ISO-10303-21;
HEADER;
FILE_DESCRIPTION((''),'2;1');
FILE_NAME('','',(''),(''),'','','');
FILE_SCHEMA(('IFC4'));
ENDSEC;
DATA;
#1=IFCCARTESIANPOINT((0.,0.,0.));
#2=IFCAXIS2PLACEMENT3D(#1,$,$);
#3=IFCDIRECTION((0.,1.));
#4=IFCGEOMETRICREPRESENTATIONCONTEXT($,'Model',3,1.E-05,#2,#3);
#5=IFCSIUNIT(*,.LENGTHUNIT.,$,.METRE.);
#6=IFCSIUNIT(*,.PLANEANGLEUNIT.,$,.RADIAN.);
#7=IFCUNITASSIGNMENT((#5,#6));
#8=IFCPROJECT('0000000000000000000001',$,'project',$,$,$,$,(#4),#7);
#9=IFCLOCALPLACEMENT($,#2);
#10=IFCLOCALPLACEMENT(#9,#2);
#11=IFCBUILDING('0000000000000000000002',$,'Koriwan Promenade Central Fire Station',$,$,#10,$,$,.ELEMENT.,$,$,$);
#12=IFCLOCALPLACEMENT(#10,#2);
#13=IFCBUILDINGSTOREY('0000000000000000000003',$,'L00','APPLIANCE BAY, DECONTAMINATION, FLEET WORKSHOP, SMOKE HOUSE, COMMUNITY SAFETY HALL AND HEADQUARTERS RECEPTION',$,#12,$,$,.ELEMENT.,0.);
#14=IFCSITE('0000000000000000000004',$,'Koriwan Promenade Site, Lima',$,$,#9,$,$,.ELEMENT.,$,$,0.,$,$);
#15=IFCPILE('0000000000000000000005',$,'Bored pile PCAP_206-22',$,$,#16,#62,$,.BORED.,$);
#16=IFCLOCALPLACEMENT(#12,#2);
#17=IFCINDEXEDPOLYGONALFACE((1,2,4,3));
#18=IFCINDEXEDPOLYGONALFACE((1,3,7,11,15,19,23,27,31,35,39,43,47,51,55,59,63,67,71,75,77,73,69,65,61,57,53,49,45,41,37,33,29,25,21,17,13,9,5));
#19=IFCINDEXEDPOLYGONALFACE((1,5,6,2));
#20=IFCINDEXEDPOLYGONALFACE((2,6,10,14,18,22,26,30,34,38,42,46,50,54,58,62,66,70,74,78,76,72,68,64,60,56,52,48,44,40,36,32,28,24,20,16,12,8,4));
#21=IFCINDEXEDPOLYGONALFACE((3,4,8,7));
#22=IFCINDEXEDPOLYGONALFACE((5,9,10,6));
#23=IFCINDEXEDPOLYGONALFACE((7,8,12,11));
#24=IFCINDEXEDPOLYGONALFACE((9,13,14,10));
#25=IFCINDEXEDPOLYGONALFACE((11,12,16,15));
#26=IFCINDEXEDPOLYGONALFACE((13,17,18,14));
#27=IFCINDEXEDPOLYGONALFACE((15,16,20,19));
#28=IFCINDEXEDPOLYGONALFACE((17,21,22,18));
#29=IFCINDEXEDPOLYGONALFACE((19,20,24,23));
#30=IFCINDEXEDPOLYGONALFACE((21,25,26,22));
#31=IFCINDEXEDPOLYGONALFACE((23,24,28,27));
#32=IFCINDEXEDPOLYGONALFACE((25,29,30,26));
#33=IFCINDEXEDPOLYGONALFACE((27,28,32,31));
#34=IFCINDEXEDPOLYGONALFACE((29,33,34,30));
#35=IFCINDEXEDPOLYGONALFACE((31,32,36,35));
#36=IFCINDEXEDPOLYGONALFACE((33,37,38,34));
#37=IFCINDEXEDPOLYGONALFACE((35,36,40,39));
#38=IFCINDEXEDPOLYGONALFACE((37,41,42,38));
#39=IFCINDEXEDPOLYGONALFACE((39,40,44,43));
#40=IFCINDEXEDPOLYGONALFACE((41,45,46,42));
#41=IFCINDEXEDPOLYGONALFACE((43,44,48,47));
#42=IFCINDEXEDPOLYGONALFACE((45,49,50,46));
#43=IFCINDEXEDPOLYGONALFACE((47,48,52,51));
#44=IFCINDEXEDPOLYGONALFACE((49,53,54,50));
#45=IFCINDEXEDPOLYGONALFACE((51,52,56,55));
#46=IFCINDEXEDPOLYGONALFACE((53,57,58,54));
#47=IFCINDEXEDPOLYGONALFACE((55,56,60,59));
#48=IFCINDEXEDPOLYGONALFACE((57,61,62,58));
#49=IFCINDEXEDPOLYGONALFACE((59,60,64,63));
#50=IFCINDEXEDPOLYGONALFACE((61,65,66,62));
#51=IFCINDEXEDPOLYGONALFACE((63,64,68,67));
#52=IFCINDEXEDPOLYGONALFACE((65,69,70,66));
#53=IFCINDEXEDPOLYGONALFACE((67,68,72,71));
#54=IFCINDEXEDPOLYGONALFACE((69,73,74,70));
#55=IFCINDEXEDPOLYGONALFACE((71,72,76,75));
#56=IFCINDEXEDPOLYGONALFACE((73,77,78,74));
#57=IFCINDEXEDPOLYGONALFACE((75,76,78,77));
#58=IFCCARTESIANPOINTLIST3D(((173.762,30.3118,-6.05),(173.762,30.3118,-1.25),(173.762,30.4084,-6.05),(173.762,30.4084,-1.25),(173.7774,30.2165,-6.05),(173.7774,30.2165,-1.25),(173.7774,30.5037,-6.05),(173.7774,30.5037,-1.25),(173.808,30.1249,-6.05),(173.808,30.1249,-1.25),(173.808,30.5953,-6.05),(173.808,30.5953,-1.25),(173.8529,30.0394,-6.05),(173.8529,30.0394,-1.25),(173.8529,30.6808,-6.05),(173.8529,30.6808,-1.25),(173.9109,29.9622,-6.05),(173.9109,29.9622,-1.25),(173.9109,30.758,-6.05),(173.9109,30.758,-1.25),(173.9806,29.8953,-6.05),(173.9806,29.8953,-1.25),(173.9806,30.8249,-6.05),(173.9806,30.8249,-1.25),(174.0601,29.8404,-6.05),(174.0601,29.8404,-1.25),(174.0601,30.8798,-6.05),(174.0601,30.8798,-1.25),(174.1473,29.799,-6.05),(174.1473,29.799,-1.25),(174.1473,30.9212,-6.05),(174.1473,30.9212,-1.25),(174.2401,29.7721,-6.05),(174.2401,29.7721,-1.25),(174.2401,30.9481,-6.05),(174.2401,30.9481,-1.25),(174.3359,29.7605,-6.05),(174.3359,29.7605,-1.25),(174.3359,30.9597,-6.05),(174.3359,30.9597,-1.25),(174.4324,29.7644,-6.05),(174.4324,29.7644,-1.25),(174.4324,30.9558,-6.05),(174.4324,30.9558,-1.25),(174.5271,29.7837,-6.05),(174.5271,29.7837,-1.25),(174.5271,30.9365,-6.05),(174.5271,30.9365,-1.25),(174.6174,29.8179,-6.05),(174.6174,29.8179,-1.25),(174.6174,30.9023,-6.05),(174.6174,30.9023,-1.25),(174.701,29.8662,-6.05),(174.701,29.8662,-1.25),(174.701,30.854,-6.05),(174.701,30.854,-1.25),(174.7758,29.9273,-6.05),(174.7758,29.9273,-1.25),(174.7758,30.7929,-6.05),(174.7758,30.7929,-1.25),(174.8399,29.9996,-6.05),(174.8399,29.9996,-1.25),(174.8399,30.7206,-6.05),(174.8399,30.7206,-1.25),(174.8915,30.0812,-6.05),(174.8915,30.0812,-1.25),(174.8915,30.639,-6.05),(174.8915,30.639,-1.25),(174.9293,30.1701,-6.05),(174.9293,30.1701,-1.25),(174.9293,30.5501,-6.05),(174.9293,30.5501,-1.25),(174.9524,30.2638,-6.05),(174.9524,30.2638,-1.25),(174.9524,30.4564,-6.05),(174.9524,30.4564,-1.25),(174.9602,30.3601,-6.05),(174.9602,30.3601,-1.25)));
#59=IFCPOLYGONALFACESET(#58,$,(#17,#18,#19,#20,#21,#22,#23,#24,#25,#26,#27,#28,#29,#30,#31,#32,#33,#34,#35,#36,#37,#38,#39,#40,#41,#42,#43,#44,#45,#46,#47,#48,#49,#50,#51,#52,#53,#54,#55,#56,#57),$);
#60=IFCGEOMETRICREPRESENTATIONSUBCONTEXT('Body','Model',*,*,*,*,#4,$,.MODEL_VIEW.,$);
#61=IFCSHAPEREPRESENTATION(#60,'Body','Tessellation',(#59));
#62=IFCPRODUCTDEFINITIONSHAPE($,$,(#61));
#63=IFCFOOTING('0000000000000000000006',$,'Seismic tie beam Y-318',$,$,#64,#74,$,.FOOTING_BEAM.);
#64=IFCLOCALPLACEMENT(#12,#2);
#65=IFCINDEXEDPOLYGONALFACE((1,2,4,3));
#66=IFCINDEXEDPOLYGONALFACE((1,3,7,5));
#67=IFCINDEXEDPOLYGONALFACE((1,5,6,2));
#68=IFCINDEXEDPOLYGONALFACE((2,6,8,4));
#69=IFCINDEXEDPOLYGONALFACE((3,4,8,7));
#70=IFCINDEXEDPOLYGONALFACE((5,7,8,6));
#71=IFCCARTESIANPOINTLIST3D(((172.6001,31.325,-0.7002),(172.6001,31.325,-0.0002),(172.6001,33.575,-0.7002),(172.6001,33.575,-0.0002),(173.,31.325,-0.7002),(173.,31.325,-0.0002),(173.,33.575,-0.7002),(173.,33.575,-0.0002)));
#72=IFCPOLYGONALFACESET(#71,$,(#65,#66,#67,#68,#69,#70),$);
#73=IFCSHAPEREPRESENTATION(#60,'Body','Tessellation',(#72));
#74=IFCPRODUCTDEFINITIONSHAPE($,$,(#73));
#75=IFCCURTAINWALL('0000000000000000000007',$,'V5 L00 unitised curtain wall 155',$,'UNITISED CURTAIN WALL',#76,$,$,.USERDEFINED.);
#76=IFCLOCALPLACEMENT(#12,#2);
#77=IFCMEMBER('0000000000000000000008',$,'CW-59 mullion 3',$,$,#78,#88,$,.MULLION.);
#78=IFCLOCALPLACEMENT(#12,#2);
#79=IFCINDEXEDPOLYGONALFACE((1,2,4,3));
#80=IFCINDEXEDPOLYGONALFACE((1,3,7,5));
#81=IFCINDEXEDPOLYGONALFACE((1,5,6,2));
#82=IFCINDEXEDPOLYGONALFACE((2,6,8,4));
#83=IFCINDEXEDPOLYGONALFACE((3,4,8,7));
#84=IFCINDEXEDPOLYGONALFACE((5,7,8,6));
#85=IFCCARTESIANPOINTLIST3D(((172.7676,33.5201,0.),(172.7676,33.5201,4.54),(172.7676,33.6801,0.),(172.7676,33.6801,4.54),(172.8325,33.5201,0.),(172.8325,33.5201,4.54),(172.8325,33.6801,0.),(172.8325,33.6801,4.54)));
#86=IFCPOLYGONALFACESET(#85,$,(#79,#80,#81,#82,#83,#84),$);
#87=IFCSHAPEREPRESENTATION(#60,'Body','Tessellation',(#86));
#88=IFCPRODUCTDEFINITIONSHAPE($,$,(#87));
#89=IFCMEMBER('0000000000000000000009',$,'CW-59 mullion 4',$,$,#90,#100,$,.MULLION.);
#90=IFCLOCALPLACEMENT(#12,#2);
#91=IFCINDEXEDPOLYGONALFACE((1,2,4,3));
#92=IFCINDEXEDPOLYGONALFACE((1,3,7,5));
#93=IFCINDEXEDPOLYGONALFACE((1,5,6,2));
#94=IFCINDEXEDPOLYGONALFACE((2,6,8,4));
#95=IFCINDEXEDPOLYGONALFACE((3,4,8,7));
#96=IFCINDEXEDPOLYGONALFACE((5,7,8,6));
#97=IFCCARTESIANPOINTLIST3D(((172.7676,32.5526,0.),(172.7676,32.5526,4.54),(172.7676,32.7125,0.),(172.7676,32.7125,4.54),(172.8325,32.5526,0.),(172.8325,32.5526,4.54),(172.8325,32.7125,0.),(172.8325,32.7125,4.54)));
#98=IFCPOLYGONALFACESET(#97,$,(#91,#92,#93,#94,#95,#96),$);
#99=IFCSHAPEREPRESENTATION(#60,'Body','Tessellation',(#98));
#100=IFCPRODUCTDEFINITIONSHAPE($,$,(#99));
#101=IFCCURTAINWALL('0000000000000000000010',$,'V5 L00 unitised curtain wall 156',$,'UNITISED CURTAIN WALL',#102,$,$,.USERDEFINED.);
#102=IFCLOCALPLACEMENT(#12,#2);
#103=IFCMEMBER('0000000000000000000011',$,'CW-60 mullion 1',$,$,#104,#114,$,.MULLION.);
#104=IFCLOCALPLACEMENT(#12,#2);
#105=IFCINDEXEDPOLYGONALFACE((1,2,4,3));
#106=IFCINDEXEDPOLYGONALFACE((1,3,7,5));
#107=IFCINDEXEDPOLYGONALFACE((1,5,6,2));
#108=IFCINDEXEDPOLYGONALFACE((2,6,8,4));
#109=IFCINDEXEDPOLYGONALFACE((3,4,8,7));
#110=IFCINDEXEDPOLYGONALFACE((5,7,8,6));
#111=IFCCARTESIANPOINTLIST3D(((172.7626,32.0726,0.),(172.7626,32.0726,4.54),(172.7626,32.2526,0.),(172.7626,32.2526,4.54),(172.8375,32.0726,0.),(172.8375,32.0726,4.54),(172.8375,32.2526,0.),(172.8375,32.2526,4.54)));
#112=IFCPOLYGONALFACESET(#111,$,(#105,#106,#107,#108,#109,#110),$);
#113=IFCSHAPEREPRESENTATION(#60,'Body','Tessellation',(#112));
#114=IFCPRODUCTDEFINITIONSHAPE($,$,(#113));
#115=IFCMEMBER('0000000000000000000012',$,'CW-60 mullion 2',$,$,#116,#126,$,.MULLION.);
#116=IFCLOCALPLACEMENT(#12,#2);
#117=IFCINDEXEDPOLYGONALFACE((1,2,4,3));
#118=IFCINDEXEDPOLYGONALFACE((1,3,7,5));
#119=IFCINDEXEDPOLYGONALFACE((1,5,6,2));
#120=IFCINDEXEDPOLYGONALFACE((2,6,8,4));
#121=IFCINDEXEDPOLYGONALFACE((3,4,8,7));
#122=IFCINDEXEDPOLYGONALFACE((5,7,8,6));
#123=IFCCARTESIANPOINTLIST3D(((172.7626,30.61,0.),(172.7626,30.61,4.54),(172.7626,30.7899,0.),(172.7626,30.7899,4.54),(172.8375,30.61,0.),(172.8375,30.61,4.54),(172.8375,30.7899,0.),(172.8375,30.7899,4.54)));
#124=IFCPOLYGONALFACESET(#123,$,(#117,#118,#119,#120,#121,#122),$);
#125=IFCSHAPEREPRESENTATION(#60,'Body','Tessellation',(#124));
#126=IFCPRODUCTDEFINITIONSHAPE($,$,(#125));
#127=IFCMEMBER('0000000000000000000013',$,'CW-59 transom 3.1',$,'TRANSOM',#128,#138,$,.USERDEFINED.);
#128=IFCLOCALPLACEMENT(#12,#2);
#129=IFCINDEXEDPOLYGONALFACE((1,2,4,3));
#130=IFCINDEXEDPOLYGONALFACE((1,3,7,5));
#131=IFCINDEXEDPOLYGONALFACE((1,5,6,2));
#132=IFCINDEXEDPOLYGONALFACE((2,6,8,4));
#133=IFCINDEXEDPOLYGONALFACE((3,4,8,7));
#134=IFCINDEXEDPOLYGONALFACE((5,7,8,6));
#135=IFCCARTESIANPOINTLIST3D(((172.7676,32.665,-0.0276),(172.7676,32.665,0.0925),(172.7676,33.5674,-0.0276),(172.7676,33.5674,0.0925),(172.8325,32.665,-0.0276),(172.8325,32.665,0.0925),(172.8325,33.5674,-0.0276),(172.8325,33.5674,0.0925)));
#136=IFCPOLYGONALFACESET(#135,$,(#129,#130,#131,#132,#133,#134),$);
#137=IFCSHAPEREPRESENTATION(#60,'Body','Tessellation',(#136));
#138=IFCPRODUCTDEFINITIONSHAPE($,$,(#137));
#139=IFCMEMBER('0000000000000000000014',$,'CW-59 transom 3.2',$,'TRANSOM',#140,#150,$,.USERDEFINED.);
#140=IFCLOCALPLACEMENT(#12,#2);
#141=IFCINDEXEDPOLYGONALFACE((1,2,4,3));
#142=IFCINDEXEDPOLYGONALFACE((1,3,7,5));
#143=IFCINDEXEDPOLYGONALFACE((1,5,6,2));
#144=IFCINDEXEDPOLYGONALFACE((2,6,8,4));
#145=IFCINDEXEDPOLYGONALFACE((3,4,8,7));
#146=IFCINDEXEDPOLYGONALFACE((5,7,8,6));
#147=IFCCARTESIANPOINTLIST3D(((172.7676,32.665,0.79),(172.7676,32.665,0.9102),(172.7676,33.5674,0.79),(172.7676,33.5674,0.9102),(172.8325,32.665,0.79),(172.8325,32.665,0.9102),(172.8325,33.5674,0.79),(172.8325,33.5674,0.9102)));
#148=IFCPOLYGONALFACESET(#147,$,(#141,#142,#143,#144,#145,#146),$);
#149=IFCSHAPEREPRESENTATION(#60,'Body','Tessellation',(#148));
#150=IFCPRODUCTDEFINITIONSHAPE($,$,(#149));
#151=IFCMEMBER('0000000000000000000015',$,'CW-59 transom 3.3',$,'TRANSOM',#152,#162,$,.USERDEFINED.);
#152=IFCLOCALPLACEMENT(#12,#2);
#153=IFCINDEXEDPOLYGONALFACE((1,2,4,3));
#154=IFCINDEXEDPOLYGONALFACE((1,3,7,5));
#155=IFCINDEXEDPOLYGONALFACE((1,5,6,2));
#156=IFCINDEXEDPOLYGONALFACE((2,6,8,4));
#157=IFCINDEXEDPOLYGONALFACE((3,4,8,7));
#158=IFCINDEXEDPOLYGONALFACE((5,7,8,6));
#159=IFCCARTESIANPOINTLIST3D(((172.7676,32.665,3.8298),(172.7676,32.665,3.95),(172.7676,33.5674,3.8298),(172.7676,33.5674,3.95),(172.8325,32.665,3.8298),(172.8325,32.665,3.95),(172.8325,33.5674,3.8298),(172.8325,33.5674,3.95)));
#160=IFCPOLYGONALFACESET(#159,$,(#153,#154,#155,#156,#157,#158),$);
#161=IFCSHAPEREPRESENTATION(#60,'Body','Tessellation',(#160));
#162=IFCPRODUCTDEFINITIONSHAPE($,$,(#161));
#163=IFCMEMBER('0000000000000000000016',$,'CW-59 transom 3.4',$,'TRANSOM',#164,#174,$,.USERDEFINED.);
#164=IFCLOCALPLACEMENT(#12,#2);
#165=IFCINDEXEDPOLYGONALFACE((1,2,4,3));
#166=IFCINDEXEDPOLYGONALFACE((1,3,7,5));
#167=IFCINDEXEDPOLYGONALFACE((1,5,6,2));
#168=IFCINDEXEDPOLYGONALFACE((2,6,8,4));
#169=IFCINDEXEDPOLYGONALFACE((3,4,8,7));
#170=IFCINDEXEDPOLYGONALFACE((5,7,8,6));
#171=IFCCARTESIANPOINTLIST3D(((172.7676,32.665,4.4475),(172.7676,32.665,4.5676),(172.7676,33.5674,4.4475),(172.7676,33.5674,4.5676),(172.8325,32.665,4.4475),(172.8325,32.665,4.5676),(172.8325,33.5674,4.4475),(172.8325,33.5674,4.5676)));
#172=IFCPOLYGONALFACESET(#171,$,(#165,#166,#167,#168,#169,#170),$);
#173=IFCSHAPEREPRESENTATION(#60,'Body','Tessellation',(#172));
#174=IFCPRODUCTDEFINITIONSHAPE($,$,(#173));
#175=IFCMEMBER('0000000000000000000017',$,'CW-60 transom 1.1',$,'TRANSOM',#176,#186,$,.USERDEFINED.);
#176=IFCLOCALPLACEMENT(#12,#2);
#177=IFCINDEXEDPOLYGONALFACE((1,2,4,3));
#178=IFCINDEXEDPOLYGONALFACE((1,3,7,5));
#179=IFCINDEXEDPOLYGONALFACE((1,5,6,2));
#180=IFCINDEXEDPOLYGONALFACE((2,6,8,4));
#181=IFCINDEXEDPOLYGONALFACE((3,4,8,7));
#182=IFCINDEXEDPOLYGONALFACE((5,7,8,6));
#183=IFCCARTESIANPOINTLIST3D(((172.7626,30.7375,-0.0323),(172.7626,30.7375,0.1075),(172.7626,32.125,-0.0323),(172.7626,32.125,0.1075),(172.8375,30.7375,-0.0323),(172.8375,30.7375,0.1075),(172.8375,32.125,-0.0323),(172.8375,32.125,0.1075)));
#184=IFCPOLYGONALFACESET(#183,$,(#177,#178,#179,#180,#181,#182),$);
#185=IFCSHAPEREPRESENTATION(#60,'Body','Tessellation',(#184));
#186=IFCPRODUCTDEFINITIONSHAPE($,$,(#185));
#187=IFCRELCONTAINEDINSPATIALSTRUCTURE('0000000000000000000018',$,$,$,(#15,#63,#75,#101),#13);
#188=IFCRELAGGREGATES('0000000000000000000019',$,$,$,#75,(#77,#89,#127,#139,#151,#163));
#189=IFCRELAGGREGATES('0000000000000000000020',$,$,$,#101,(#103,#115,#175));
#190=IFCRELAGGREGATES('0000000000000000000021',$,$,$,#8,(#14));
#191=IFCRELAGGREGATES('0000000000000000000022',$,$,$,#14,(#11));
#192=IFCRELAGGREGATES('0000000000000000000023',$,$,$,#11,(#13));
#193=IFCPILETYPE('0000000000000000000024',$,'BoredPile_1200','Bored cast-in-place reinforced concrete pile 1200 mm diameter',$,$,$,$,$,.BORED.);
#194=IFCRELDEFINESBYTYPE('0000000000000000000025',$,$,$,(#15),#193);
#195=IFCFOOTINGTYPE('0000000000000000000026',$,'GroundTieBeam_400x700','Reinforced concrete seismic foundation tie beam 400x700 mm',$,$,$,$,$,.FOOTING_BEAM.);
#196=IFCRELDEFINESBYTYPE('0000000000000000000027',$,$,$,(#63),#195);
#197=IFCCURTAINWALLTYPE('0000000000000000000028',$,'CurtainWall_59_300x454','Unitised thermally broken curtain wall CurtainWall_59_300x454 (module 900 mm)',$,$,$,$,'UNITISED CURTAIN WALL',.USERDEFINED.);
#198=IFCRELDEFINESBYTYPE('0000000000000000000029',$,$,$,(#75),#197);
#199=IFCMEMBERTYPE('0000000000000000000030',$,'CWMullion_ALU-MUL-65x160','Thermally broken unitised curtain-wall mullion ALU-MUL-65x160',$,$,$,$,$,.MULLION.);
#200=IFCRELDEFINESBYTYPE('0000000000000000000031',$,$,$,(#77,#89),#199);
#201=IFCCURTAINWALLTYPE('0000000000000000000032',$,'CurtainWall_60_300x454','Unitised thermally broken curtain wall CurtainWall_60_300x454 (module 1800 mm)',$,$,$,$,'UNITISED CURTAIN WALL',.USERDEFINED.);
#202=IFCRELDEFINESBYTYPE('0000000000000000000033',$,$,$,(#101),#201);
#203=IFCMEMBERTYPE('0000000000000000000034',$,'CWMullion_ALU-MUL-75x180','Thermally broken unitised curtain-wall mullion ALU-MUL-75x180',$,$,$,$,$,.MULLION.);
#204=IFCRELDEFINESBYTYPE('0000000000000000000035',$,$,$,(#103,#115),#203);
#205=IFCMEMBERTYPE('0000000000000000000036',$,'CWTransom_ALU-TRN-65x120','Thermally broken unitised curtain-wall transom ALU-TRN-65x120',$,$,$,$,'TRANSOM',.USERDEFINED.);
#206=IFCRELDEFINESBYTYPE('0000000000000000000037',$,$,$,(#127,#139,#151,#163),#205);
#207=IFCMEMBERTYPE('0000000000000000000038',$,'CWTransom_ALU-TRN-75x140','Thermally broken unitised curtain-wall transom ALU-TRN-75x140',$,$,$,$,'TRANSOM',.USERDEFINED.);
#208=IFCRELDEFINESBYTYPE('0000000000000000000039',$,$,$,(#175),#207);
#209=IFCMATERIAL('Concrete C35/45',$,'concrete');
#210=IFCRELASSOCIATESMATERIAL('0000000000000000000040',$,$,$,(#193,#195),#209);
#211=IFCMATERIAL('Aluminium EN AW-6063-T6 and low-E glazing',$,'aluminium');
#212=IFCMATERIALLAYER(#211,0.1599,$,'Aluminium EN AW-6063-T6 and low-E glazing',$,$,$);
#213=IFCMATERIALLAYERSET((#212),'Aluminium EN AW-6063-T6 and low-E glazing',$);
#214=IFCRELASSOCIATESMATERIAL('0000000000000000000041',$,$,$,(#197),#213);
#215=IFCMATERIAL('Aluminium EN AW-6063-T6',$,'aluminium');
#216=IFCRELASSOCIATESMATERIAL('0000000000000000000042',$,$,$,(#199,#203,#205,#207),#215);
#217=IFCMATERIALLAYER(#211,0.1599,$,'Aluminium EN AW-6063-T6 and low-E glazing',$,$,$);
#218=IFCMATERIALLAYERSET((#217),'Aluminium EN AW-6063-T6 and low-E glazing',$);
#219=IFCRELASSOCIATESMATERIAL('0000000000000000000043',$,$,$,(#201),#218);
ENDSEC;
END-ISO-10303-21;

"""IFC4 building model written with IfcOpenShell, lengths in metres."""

from ifc_helpers import new_model, si_unit, direction, frame, origin, origin_2d, place, context, subcontext, project, spatial, rectangle, circle, extrude, material, layer, layer_set, material_profile, profile_set, type_object, element, aggregate, save


model = new_model("IFC4")

# Units and contexts
model_context = context("Model", 3, precision=1e-05, world=origin(), true_north=direction((0.0, 1.0)))
body_context = subcontext(model_context, "Body", "Model", "MODEL_VIEW")
ifc_project = project(units=[si_unit("LENGTHUNIT", "METRE"), si_unit("PLANEANGLEUNIT", "RADIAN")], contexts=[model_context])

# Site, building, storey
site_placement = place(None, origin())
site = spatial("IfcSite", under=ifc_project, at=site_placement, Name="Koriwan Promenade Site, Lima", CompositionType="ELEMENT", RefElevation=0.0)
building_placement = place(site_placement, origin())
building = spatial("IfcBuilding", under=site, at=building_placement, Name="Koriwan Promenade Central Fire Station", CompositionType="ELEMENT")
storey_placement = place(building_placement, origin())
storey = spatial("IfcBuildingStorey", under=building, at=storey_placement, Name="L00", Description="APPLIANCE BAY, DECONTAMINATION, FLEET WORKSHOP, SMOKE HOUSE, COMMUNITY SAFETY HALL AND HEADQUARTERS RECEPTION", CompositionType="ELEMENT", Elevation=0.0)

# Pile
ifc_material_1 = material(Name="Concrete C35/45", Category="concrete")
ifc_material_profile_1 = material_profile(ifc_material_1, circle(Radius=0.6001, at=origin_2d()), Name="PILE-D1200")
ifc_profile_set_1 = profile_set([ifc_material_profile_1], Name="Concrete C35/45")
pile_type = type_object("IfcPileType", Name="BoredPile_1200", Description="Bored cast-in-place reinforced concrete pile 1200 mm diameter", PredefinedType="BORED", material=ifc_profile_set_1)
pile_placement = place(storey_placement, frame((174.3601, 30.3601, -1.25), z_axis=(0.0, 0.0, -1.0), x_axis=(1.0, 0.0, 0.0)))
element("IfcPile", 1, at=pile_placement, inside=storey, type_object=pile_type, Name="Bored pile PCAP_206-22", PredefinedType="BORED", context=body_context, shape_type="SweptSolid", body=[
    extrude(circle(Radius=0.6001, at=origin_2d()), origin(), (0.0, 0.0, 1.0), 4.8),
])

# Footing
footing_type = type_object("IfcFootingType", Name="GroundTieBeam_400x700", Description="Reinforced concrete seismic foundation tie beam 400x700 mm", PredefinedType="FOOTING_BEAM", material=ifc_material_1)
footing_placement = place(storey_placement, frame((172.8, 32.45, -0.7002), z_axis=(0.0, 0.0, 1.0), x_axis=(0.0, 1.0, 0.0)))
element("IfcFooting", 2, at=footing_placement, inside=storey, type_object=footing_type, Name="Seismic tie beam Y-318", PredefinedType="FOOTING_BEAM", context=body_context, shape_type="SweptSolid", body=[
    extrude(rectangle(XDim=2.25, YDim=0.3999, at=origin_2d()), origin(), (0.0, 0.0, 1.0), 0.7),
])

# Curtain walls, members
ifc_material_2 = material(Name="Aluminium EN AW-6063-T6 and low-E glazing", Category="aluminium")
ifc_layer_1 = layer(ifc_material_2, 0.1599, Name="Aluminium EN AW-6063-T6 and low-E glazing")
ifc_layer_set_1 = layer_set([ifc_layer_1], Name="Aluminium EN AW-6063-T6 and low-E glazing")
curtain_wall_type_1 = type_object("IfcCurtainWallType", Name="CurtainWall_59_300x454", Description="Unitised thermally broken curtain wall CurtainWall_59_300x454 (module 900 mm)", ElementType="UNITISED CURTAIN WALL", PredefinedType="USERDEFINED", material=ifc_layer_set_1)
curtain_wall_1_placement = place(storey_placement, origin())
curtain_wall_1 = element("IfcCurtainWall", 3, at=curtain_wall_1_placement, inside=storey, type_object=curtain_wall_type_1, Name="V5 L00 unitised curtain wall 155", ObjectType="UNITISED CURTAIN WALL", PredefinedType="USERDEFINED")
ifc_material_3 = material(Name="Aluminium EN AW-6063-T6", Category="aluminium")
ifc_material_profile_2 = material_profile(ifc_material_3, rectangle(XDim=0.0649, YDim=0.1599, at=origin_2d()), Name="ALU-MUL-65x160")
ifc_profile_set_2 = profile_set([ifc_material_profile_2], Name="Aluminium EN AW-6063-T6")
member_type_1 = type_object("IfcMemberType", Name="CWMullion_ALU-MUL-65x160", Description="Thermally broken unitised curtain-wall mullion ALU-MUL-65x160", PredefinedType="MULLION", material=ifc_profile_set_2)
member_1_placement = place(storey_placement, frame((172.8, 33.6001, 0.0), z_axis=(0.0, 0.0, 1.0), x_axis=(1.0, 0.0, 0.0)))
member_1 = element("IfcMember", 4, at=member_1_placement, type_object=member_type_1, Name="CW-59 mullion 3", PredefinedType="MULLION", context=body_context, shape_type="SweptSolid", body=[
    extrude(rectangle(XDim=0.0649, YDim=0.1599, at=origin_2d()), origin(), (0.0, 0.0, 1.0), 4.54),
])
member_2_placement = place(storey_placement, frame((172.8, 32.6326, 0.0), z_axis=(0.0, 0.0, 1.0), x_axis=(1.0, 0.0, 0.0)))
member_2 = element("IfcMember", 5, at=member_2_placement, type_object=member_type_1, Name="CW-59 mullion 4", PredefinedType="MULLION", context=body_context, shape_type="SweptSolid", body=[
    extrude(rectangle(XDim=0.0649, YDim=0.1599, at=origin_2d()), origin(), (0.0, 0.0, 1.0), 4.54),
])
ifc_layer_2 = layer(ifc_material_2, 0.1599, Name="Aluminium EN AW-6063-T6 and low-E glazing")
ifc_layer_set_2 = layer_set([ifc_layer_2], Name="Aluminium EN AW-6063-T6 and low-E glazing")
curtain_wall_type_2 = type_object("IfcCurtainWallType", Name="CurtainWall_60_300x454", Description="Unitised thermally broken curtain wall CurtainWall_60_300x454 (module 1800 mm)", ElementType="UNITISED CURTAIN WALL", PredefinedType="USERDEFINED", material=ifc_layer_set_2)
curtain_wall_2_placement = place(storey_placement, origin())
curtain_wall_2 = element("IfcCurtainWall", 6, at=curtain_wall_2_placement, inside=storey, type_object=curtain_wall_type_2, Name="V5 L00 unitised curtain wall 156", ObjectType="UNITISED CURTAIN WALL", PredefinedType="USERDEFINED")
ifc_material_profile_3 = material_profile(ifc_material_3, rectangle(XDim=0.075, YDim=0.1799, at=origin_2d()), Name="ALU-MUL-75x180")
ifc_profile_set_3 = profile_set([ifc_material_profile_3], Name="Aluminium EN AW-6063-T6")
member_type_2 = type_object("IfcMemberType", Name="CWMullion_ALU-MUL-75x180", Description="Thermally broken unitised curtain-wall mullion ALU-MUL-75x180", PredefinedType="MULLION", material=ifc_profile_set_3)
member_3_placement = place(storey_placement, frame((172.8, 32.1626, 0.0), z_axis=(0.0, 0.0, 1.0), x_axis=(1.0, 0.0, 0.0)))
member_3 = element("IfcMember", 7, at=member_3_placement, type_object=member_type_2, Name="CW-60 mullion 1", PredefinedType="MULLION", context=body_context, shape_type="SweptSolid", body=[
    extrude(rectangle(XDim=0.075, YDim=0.1799, at=origin_2d()), origin(), (0.0, 0.0, 1.0), 4.54),
])
member_4_placement = place(storey_placement, frame((172.8, 30.7, 0.0), z_axis=(0.0, 0.0, 1.0), x_axis=(1.0, 0.0, 0.0)))
member_4 = element("IfcMember", 8, at=member_4_placement, type_object=member_type_2, Name="CW-60 mullion 2", PredefinedType="MULLION", context=body_context, shape_type="SweptSolid", body=[
    extrude(rectangle(XDim=0.075, YDim=0.1799, at=origin_2d()), origin(), (0.0, 0.0, 1.0), 4.54),
])

# Members
ifc_material_profile_4 = material_profile(ifc_material_3, rectangle(XDim=0.0649, YDim=0.1201, at=origin_2d()), Name="ALU-TRN-65x120")
ifc_profile_set_4 = profile_set([ifc_material_profile_4], Name="Aluminium EN AW-6063-T6")
member_type_3 = type_object("IfcMemberType", Name="CWTransom_ALU-TRN-65x120", Description="Thermally broken unitised curtain-wall transom ALU-TRN-65x120", ElementType="TRANSOM", PredefinedType="USERDEFINED", material=ifc_profile_set_4)
member_5_placement = place(storey_placement, frame((172.8, 33.5674, 0.0325), z_axis=(0.0, -1.0, 0.0), x_axis=(1.0, 0.0, 0.0)))
member_5 = element("IfcMember", 9, at=member_5_placement, type_object=member_type_3, Name="CW-59 transom 3.1", ObjectType="TRANSOM", PredefinedType="USERDEFINED", context=body_context, shape_type="SweptSolid", body=[
    extrude(rectangle(XDim=0.0649, YDim=0.1201, at=origin_2d()), origin(), (0.0, 0.0, 1.0), 0.9023),
])
member_6_placement = place(storey_placement, frame((172.8, 33.5674, 0.8501), z_axis=(0.0, -1.0, 0.0), x_axis=(1.0, 0.0, 0.0)))
member_6 = element("IfcMember", 10, at=member_6_placement, type_object=member_type_3, Name="CW-59 transom 3.2", ObjectType="TRANSOM", PredefinedType="USERDEFINED", context=body_context, shape_type="SweptSolid", body=[
    extrude(rectangle(XDim=0.0649, YDim=0.1201, at=origin_2d()), origin(), (0.0, 0.0, 1.0), 0.9023),
])
member_7_placement = place(storey_placement, frame((172.8, 33.5674, 3.8899), z_axis=(0.0, -1.0, 0.0), x_axis=(1.0, 0.0, 0.0)))
member_7 = element("IfcMember", 11, at=member_7_placement, type_object=member_type_3, Name="CW-59 transom 3.3", ObjectType="TRANSOM", PredefinedType="USERDEFINED", context=body_context, shape_type="SweptSolid", body=[
    extrude(rectangle(XDim=0.0649, YDim=0.1201, at=origin_2d()), origin(), (0.0, 0.0, 1.0), 0.9023),
])
member_8_placement = place(storey_placement, frame((172.8, 33.5674, 4.5076), z_axis=(0.0, -1.0, 0.0), x_axis=(1.0, 0.0, 0.0)))
member_8 = element("IfcMember", 12, at=member_8_placement, type_object=member_type_3, Name="CW-59 transom 3.4", ObjectType="TRANSOM", PredefinedType="USERDEFINED", context=body_context, shape_type="SweptSolid", body=[
    extrude(rectangle(XDim=0.0649, YDim=0.1201, at=origin_2d()), origin(), (0.0, 0.0, 1.0), 0.9023),
])
ifc_material_profile_5 = material_profile(ifc_material_3, rectangle(XDim=0.075, YDim=0.1399, at=origin_2d()), Name="ALU-TRN-75x140")
ifc_profile_set_5 = profile_set([ifc_material_profile_5], Name="Aluminium EN AW-6063-T6")
member_type_4 = type_object("IfcMemberType", Name="CWTransom_ALU-TRN-75x140", Description="Thermally broken unitised curtain-wall transom ALU-TRN-75x140", ElementType="TRANSOM", PredefinedType="USERDEFINED", material=ifc_profile_set_5)
member_9_placement = place(storey_placement, frame((172.8, 32.125, 0.0376), z_axis=(0.0, -1.0, 0.0), x_axis=(1.0, 0.0, 0.0)))
member_9 = element("IfcMember", 13, at=member_9_placement, type_object=member_type_4, Name="CW-60 transom 1.1", ObjectType="TRANSOM", PredefinedType="USERDEFINED", context=body_context, shape_type="SweptSolid", body=[
    extrude(rectangle(XDim=0.075, YDim=0.1399, at=origin_2d()), origin(), (0.0, 0.0, 1.0), 1.3875),
])

aggregate(curtain_wall_1, [member_1, member_2, member_5, member_6, member_7, member_8])
aggregate(curtain_wall_2, [member_3, member_4, member_9])

save(model, "model.ifc")
